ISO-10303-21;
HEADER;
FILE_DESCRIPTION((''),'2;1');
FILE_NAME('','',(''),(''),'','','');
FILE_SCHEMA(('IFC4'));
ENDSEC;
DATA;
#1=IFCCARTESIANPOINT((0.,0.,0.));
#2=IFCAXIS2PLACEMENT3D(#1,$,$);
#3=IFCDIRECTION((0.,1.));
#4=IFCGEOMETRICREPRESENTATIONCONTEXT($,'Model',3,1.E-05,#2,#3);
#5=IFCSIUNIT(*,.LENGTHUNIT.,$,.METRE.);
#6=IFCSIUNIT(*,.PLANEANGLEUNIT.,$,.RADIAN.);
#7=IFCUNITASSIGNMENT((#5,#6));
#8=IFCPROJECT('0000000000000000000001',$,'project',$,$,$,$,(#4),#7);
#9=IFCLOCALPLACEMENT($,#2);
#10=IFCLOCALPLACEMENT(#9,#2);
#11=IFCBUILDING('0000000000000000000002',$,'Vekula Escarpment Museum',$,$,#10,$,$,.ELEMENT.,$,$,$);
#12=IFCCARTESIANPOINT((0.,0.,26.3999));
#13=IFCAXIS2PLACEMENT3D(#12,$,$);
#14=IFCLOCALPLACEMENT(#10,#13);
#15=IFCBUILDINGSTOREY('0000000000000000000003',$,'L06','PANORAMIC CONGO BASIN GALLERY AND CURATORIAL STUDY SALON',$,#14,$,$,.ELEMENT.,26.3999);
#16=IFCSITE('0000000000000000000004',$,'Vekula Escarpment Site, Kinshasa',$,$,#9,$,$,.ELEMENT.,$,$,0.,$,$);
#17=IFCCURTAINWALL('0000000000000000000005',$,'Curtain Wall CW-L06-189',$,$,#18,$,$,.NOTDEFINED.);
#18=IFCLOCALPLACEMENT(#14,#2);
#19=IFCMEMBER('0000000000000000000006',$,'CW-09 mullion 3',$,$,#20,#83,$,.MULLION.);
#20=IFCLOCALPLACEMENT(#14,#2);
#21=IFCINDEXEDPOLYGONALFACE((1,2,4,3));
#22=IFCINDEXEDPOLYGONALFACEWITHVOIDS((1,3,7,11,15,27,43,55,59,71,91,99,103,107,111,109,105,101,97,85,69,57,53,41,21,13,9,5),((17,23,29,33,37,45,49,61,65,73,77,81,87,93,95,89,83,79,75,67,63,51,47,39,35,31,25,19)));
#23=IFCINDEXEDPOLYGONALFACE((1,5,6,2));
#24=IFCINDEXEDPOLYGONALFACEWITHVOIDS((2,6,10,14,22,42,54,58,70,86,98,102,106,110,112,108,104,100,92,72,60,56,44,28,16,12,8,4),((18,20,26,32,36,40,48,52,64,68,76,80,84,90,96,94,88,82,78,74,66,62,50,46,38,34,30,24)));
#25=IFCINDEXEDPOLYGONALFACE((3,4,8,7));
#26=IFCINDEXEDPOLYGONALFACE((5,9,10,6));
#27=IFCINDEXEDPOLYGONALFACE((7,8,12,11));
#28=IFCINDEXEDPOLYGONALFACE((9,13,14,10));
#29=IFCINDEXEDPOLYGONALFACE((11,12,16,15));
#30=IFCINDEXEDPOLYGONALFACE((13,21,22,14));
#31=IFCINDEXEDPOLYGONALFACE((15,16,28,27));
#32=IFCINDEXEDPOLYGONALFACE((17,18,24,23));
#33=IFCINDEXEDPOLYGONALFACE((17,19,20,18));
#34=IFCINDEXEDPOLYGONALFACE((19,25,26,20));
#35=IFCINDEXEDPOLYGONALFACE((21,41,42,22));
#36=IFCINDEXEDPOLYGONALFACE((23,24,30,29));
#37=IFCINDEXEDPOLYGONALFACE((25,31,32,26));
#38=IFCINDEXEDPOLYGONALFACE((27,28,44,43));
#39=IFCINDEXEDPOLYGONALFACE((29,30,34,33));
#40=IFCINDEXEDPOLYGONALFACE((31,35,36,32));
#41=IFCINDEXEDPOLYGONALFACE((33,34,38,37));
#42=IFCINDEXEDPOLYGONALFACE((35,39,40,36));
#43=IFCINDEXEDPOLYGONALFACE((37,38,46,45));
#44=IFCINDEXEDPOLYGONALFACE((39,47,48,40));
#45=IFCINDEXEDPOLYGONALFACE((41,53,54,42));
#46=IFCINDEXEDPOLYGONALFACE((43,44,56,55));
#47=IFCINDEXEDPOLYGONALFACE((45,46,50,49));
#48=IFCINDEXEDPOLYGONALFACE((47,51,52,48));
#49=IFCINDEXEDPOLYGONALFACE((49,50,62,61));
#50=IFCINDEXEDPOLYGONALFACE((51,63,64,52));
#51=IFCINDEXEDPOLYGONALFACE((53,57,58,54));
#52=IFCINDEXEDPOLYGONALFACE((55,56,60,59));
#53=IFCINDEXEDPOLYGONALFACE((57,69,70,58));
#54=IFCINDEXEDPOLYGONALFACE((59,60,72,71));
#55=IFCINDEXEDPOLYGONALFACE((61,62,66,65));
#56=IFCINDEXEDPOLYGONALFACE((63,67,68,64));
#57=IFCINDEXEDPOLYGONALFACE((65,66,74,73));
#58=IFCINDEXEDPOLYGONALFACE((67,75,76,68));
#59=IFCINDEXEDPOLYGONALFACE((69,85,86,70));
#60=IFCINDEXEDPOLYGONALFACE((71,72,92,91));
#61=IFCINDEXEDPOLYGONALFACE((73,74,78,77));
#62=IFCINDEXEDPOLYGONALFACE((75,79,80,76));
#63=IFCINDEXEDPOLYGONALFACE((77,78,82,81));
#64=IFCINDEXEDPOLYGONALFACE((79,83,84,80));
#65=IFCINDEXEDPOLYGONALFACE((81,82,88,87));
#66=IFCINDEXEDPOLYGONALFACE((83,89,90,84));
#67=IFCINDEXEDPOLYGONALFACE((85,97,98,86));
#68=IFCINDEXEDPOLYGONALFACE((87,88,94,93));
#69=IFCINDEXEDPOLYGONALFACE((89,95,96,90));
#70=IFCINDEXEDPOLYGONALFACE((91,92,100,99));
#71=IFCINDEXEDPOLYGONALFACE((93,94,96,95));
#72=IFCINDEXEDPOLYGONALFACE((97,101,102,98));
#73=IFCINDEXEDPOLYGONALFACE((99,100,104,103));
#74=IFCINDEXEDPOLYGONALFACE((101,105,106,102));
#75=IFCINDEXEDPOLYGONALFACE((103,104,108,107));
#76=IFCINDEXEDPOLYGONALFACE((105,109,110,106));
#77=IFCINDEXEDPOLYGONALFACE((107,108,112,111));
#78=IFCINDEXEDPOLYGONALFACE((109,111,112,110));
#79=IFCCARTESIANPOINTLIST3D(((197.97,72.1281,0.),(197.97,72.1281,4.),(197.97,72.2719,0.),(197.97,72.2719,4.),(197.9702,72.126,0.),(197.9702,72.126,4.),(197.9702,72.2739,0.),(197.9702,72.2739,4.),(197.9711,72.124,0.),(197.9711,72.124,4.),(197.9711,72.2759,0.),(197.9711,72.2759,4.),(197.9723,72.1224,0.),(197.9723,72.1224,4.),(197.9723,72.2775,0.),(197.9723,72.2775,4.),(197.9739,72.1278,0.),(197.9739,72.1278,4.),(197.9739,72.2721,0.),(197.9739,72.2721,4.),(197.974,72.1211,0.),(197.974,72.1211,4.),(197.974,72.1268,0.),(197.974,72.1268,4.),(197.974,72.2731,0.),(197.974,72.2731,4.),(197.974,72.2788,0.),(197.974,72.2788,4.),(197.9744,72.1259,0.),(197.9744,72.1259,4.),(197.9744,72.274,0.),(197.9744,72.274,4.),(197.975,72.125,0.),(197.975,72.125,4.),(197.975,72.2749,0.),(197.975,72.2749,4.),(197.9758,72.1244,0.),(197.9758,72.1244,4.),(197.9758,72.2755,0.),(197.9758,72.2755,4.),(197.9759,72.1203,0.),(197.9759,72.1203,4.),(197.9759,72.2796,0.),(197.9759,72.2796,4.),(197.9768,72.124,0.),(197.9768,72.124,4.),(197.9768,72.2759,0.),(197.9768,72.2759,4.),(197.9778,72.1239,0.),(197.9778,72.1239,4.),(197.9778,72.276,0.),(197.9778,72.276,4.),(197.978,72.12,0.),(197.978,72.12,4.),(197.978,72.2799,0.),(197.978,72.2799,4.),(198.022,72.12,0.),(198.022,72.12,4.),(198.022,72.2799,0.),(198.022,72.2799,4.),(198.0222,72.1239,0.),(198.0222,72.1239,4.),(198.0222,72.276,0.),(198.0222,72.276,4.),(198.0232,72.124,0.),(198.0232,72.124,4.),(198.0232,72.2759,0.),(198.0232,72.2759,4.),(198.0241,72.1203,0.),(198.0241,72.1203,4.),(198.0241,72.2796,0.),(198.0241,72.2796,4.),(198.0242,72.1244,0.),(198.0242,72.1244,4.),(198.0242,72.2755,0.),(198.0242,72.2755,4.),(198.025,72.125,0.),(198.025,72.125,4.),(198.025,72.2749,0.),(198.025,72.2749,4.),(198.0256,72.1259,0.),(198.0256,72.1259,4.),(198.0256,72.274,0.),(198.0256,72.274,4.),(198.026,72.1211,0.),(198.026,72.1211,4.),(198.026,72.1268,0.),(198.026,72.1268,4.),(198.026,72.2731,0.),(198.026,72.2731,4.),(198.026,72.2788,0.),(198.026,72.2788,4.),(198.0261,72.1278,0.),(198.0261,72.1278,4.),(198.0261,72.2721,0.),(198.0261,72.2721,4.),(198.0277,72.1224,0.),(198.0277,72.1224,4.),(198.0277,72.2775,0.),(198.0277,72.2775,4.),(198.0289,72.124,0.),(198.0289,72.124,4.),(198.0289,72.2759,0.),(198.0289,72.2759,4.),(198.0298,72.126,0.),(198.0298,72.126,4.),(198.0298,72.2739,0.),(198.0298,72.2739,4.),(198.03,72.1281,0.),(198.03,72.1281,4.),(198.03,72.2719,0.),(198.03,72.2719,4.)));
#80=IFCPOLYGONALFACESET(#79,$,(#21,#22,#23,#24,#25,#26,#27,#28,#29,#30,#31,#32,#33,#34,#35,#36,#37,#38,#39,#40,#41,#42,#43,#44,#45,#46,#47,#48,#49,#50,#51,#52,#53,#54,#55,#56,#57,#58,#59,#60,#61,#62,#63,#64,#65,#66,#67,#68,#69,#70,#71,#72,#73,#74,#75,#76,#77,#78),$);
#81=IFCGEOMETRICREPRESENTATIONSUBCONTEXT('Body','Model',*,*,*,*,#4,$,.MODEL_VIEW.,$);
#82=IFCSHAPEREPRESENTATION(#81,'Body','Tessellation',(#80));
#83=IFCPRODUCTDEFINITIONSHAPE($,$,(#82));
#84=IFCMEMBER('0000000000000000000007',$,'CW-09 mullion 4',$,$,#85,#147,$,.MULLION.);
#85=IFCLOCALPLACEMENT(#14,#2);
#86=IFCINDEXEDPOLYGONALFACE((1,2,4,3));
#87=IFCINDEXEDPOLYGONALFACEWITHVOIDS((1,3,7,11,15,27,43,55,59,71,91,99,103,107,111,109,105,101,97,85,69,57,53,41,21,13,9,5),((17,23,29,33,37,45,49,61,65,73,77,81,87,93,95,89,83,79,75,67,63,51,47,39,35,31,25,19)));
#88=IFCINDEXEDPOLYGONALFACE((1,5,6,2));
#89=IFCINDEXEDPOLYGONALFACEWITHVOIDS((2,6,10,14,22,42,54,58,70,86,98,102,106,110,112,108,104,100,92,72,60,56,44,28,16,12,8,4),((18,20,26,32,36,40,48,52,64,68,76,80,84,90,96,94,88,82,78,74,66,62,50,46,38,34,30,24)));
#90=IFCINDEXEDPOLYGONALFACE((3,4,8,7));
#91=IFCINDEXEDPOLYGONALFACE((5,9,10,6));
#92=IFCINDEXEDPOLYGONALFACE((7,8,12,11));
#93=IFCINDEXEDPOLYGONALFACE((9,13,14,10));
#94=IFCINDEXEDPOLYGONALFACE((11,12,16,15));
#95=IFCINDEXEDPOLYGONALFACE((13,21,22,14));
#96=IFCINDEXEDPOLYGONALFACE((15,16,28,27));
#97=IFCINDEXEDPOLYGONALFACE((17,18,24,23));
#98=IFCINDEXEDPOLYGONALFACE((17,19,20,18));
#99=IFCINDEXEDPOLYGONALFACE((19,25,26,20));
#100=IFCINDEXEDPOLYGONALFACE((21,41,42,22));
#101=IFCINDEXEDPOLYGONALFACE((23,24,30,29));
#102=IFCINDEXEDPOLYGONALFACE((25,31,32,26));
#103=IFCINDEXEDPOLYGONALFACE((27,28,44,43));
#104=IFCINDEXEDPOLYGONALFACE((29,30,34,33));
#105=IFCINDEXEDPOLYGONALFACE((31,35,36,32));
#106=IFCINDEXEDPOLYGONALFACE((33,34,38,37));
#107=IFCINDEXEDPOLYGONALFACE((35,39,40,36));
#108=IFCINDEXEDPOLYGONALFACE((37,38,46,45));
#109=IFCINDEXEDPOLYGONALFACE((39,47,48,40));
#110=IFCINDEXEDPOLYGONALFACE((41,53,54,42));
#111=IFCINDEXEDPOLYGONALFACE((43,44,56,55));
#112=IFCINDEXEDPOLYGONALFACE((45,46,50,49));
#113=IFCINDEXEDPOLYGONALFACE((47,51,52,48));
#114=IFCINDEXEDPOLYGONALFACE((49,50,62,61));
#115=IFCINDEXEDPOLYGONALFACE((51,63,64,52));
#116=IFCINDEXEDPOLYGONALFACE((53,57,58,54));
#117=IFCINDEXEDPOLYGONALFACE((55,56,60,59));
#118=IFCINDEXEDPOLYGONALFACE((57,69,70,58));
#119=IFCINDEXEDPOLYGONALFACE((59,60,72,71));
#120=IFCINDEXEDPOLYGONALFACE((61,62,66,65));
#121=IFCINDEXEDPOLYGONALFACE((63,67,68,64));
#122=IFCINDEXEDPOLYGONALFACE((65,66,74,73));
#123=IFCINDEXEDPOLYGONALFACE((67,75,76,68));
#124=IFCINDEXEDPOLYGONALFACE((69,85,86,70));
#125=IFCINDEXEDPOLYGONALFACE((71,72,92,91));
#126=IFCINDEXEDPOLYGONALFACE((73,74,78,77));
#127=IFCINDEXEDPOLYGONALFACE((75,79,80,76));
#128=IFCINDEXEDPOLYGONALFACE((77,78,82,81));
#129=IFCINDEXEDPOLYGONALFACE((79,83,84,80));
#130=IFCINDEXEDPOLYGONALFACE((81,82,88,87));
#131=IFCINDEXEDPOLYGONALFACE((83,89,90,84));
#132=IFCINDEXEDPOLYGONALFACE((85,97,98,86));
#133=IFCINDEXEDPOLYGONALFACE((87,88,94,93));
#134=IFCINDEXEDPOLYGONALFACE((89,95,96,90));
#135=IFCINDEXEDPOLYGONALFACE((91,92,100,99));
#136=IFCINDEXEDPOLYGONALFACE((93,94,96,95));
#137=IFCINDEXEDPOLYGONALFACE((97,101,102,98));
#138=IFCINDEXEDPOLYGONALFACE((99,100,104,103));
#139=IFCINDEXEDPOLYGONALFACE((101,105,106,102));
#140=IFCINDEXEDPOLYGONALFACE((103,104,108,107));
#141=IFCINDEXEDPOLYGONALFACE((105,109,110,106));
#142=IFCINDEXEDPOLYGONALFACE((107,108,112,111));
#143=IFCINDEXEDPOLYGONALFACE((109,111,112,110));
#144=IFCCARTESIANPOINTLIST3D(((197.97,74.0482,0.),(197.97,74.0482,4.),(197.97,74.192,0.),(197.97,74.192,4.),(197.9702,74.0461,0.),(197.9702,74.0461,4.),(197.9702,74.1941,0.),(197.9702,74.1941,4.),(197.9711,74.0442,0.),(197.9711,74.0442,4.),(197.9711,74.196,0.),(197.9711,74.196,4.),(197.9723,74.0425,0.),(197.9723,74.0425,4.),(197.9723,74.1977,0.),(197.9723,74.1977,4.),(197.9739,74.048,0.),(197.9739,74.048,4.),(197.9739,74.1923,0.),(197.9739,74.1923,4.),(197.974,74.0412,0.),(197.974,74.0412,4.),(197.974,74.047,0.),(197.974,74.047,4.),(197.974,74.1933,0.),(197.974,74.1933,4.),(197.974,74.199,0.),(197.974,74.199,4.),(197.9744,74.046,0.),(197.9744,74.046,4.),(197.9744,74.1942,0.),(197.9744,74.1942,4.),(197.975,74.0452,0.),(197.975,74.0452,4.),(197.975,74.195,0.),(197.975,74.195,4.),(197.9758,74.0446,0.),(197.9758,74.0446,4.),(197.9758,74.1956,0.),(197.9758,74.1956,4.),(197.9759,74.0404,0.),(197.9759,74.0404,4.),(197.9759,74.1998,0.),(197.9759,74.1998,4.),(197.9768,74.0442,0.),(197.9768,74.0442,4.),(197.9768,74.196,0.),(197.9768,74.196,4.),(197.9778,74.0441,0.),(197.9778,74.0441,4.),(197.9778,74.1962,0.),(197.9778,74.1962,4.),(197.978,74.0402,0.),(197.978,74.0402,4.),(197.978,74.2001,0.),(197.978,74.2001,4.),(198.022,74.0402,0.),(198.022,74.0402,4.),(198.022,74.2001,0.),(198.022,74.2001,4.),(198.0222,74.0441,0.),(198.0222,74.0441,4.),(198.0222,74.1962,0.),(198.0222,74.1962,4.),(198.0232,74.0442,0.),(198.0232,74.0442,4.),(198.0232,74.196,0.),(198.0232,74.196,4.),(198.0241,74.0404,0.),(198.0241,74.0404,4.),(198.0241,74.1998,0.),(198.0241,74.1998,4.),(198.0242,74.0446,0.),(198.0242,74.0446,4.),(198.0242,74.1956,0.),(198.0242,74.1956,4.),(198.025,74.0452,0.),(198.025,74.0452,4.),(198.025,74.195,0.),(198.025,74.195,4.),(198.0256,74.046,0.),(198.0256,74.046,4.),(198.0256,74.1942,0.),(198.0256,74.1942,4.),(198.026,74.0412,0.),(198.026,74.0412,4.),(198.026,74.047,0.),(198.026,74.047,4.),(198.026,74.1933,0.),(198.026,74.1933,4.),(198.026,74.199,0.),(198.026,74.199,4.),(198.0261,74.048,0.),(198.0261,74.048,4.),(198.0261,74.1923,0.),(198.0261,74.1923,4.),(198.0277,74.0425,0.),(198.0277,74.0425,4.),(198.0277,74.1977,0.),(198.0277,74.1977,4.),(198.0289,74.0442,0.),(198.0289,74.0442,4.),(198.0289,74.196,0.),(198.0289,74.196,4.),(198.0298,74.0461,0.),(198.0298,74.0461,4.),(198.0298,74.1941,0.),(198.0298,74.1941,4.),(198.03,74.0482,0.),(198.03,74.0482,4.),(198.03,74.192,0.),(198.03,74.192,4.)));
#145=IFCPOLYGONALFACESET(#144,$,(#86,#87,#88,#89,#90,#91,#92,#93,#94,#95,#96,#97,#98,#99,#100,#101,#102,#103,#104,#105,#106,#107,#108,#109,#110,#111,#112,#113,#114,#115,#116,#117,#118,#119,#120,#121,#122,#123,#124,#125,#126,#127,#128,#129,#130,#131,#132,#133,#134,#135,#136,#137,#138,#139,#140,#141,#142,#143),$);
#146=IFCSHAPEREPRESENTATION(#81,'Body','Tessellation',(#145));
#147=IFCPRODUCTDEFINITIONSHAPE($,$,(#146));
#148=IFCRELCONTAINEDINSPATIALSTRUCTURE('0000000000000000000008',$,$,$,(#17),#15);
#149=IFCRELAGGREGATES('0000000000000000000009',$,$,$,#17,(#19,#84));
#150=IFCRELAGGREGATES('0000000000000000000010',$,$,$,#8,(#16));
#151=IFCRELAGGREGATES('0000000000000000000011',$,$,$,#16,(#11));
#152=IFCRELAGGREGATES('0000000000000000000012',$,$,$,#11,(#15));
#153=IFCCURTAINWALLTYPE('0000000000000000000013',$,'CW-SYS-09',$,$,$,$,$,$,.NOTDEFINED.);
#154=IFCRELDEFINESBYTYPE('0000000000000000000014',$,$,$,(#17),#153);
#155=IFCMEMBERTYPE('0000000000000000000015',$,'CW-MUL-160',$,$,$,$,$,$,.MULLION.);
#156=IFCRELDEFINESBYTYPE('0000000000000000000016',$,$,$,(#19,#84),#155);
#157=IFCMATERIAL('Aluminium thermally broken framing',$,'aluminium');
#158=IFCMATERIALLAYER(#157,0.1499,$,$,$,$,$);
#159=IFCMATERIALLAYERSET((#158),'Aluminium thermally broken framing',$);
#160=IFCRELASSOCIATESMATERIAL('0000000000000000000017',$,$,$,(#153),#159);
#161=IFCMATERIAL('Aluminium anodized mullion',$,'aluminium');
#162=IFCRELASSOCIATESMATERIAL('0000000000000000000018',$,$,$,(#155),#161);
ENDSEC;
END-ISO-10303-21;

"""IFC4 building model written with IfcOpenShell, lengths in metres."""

from ifc_helpers import new_model, si_unit, direction, frame, origin, origin_2d, place, context, subcontext, project, spatial, hollow_rectangle, extrude, material, layer, layer_set, material_profile, profile_set, type_object, element, aggregate, save


model = new_model("IFC4")

# Units and contexts
model_context = context("Model", 3, precision=1e-05, world=origin(), true_north=direction((0.0, 1.0)))
body_context = subcontext(model_context, "Body", "Model", "MODEL_VIEW")
ifc_project = project(units=[si_unit("LENGTHUNIT", "METRE"), si_unit("PLANEANGLEUNIT", "RADIAN")], contexts=[model_context])

# Site, building, storey
site_placement = place(None, origin())
site = spatial("IfcSite", under=ifc_project, at=site_placement, Name="Vekula Escarpment Site, Kinshasa", CompositionType="ELEMENT", RefElevation=0.0)
building_placement = place(site_placement, origin())
building = spatial("IfcBuilding", under=site, at=building_placement, Name="Vekula Escarpment Museum", CompositionType="ELEMENT")
storey_placement = place(building_placement, frame((0.0, 0.0, 26.3999)))
storey = spatial("IfcBuildingStorey", under=building, at=storey_placement, Name="L06", Description="PANORAMIC CONGO BASIN GALLERY AND CURATORIAL STUDY SALON", CompositionType="ELEMENT", Elevation=26.3999)

# Curtain wall, members
ifc_material_1 = material(Name="Aluminium thermally broken framing", Category="aluminium")
ifc_layer_1 = layer(ifc_material_1, 0.1499)
ifc_layer_set_1 = layer_set([ifc_layer_1], Name="Aluminium thermally broken framing")
curtain_wall_type = type_object("IfcCurtainWallType", Name="CW-SYS-09", PredefinedType="NOTDEFINED", material=ifc_layer_set_1)
curtain_wall_placement = place(storey_placement, origin())
curtain_wall = element("IfcCurtainWall", 1, at=curtain_wall_placement, inside=storey, type_object=curtain_wall_type, Name="Curtain Wall CW-L06-189", PredefinedType="NOTDEFINED")
ifc_material_2 = material(Name="Aluminium anodized mullion", Category="aluminium")
ifc_material_profile_1 = material_profile(ifc_material_2, hollow_rectangle(XDim=0.0601, YDim=0.1599, WallThickness=0.0039, InnerFilletRadius=0.0039, OuterFilletRadius=0.0081, at=origin_2d()), Name="ALU 160x60x4")
ifc_profile_set_1 = profile_set([ifc_material_profile_1], Name="Aluminium anodized mullion")
member_type_1 = type_object("IfcMemberType", Name="CW-MUL-160", PredefinedType="MULLION", material=ifc_profile_set_1)
member_1_placement = place(storey_placement, frame((198.0, 72.2, 0.0), z_axis=(0.0, 0.0, 1.0), x_axis=(-1.0, 0.0, 0.0)))
member_1 = element("IfcMember", 2, at=member_1_placement, type_object=member_type_1, Name="CW-09 mullion 3", PredefinedType="MULLION", context=body_context, shape_type="SweptSolid", body=[
    extrude(hollow_rectangle(XDim=0.0601, YDim=0.1599, WallThickness=0.0039, InnerFilletRadius=0.0039, OuterFilletRadius=0.0081, at=origin_2d()), origin(), (0.0, 0.0, 1.0), 4.0),
])
member_2_placement = place(storey_placement, frame((198.0, 74.1201, 0.0), z_axis=(0.0, 0.0, 1.0), x_axis=(-1.0, 0.0, 0.0)))
member_2 = element("IfcMember", 3, at=member_2_placement, type_object=member_type_1, Name="CW-09 mullion 4", PredefinedType="MULLION", context=body_context, shape_type="SweptSolid", body=[
    extrude(hollow_rectangle(XDim=0.0601, YDim=0.1599, WallThickness=0.0039, InnerFilletRadius=0.0039, OuterFilletRadius=0.0081, at=origin_2d()), origin(), (0.0, 0.0, 1.0), 4.0),
])

aggregate(curtain_wall, [member_1, member_2])

save(model, "model.ifc")
